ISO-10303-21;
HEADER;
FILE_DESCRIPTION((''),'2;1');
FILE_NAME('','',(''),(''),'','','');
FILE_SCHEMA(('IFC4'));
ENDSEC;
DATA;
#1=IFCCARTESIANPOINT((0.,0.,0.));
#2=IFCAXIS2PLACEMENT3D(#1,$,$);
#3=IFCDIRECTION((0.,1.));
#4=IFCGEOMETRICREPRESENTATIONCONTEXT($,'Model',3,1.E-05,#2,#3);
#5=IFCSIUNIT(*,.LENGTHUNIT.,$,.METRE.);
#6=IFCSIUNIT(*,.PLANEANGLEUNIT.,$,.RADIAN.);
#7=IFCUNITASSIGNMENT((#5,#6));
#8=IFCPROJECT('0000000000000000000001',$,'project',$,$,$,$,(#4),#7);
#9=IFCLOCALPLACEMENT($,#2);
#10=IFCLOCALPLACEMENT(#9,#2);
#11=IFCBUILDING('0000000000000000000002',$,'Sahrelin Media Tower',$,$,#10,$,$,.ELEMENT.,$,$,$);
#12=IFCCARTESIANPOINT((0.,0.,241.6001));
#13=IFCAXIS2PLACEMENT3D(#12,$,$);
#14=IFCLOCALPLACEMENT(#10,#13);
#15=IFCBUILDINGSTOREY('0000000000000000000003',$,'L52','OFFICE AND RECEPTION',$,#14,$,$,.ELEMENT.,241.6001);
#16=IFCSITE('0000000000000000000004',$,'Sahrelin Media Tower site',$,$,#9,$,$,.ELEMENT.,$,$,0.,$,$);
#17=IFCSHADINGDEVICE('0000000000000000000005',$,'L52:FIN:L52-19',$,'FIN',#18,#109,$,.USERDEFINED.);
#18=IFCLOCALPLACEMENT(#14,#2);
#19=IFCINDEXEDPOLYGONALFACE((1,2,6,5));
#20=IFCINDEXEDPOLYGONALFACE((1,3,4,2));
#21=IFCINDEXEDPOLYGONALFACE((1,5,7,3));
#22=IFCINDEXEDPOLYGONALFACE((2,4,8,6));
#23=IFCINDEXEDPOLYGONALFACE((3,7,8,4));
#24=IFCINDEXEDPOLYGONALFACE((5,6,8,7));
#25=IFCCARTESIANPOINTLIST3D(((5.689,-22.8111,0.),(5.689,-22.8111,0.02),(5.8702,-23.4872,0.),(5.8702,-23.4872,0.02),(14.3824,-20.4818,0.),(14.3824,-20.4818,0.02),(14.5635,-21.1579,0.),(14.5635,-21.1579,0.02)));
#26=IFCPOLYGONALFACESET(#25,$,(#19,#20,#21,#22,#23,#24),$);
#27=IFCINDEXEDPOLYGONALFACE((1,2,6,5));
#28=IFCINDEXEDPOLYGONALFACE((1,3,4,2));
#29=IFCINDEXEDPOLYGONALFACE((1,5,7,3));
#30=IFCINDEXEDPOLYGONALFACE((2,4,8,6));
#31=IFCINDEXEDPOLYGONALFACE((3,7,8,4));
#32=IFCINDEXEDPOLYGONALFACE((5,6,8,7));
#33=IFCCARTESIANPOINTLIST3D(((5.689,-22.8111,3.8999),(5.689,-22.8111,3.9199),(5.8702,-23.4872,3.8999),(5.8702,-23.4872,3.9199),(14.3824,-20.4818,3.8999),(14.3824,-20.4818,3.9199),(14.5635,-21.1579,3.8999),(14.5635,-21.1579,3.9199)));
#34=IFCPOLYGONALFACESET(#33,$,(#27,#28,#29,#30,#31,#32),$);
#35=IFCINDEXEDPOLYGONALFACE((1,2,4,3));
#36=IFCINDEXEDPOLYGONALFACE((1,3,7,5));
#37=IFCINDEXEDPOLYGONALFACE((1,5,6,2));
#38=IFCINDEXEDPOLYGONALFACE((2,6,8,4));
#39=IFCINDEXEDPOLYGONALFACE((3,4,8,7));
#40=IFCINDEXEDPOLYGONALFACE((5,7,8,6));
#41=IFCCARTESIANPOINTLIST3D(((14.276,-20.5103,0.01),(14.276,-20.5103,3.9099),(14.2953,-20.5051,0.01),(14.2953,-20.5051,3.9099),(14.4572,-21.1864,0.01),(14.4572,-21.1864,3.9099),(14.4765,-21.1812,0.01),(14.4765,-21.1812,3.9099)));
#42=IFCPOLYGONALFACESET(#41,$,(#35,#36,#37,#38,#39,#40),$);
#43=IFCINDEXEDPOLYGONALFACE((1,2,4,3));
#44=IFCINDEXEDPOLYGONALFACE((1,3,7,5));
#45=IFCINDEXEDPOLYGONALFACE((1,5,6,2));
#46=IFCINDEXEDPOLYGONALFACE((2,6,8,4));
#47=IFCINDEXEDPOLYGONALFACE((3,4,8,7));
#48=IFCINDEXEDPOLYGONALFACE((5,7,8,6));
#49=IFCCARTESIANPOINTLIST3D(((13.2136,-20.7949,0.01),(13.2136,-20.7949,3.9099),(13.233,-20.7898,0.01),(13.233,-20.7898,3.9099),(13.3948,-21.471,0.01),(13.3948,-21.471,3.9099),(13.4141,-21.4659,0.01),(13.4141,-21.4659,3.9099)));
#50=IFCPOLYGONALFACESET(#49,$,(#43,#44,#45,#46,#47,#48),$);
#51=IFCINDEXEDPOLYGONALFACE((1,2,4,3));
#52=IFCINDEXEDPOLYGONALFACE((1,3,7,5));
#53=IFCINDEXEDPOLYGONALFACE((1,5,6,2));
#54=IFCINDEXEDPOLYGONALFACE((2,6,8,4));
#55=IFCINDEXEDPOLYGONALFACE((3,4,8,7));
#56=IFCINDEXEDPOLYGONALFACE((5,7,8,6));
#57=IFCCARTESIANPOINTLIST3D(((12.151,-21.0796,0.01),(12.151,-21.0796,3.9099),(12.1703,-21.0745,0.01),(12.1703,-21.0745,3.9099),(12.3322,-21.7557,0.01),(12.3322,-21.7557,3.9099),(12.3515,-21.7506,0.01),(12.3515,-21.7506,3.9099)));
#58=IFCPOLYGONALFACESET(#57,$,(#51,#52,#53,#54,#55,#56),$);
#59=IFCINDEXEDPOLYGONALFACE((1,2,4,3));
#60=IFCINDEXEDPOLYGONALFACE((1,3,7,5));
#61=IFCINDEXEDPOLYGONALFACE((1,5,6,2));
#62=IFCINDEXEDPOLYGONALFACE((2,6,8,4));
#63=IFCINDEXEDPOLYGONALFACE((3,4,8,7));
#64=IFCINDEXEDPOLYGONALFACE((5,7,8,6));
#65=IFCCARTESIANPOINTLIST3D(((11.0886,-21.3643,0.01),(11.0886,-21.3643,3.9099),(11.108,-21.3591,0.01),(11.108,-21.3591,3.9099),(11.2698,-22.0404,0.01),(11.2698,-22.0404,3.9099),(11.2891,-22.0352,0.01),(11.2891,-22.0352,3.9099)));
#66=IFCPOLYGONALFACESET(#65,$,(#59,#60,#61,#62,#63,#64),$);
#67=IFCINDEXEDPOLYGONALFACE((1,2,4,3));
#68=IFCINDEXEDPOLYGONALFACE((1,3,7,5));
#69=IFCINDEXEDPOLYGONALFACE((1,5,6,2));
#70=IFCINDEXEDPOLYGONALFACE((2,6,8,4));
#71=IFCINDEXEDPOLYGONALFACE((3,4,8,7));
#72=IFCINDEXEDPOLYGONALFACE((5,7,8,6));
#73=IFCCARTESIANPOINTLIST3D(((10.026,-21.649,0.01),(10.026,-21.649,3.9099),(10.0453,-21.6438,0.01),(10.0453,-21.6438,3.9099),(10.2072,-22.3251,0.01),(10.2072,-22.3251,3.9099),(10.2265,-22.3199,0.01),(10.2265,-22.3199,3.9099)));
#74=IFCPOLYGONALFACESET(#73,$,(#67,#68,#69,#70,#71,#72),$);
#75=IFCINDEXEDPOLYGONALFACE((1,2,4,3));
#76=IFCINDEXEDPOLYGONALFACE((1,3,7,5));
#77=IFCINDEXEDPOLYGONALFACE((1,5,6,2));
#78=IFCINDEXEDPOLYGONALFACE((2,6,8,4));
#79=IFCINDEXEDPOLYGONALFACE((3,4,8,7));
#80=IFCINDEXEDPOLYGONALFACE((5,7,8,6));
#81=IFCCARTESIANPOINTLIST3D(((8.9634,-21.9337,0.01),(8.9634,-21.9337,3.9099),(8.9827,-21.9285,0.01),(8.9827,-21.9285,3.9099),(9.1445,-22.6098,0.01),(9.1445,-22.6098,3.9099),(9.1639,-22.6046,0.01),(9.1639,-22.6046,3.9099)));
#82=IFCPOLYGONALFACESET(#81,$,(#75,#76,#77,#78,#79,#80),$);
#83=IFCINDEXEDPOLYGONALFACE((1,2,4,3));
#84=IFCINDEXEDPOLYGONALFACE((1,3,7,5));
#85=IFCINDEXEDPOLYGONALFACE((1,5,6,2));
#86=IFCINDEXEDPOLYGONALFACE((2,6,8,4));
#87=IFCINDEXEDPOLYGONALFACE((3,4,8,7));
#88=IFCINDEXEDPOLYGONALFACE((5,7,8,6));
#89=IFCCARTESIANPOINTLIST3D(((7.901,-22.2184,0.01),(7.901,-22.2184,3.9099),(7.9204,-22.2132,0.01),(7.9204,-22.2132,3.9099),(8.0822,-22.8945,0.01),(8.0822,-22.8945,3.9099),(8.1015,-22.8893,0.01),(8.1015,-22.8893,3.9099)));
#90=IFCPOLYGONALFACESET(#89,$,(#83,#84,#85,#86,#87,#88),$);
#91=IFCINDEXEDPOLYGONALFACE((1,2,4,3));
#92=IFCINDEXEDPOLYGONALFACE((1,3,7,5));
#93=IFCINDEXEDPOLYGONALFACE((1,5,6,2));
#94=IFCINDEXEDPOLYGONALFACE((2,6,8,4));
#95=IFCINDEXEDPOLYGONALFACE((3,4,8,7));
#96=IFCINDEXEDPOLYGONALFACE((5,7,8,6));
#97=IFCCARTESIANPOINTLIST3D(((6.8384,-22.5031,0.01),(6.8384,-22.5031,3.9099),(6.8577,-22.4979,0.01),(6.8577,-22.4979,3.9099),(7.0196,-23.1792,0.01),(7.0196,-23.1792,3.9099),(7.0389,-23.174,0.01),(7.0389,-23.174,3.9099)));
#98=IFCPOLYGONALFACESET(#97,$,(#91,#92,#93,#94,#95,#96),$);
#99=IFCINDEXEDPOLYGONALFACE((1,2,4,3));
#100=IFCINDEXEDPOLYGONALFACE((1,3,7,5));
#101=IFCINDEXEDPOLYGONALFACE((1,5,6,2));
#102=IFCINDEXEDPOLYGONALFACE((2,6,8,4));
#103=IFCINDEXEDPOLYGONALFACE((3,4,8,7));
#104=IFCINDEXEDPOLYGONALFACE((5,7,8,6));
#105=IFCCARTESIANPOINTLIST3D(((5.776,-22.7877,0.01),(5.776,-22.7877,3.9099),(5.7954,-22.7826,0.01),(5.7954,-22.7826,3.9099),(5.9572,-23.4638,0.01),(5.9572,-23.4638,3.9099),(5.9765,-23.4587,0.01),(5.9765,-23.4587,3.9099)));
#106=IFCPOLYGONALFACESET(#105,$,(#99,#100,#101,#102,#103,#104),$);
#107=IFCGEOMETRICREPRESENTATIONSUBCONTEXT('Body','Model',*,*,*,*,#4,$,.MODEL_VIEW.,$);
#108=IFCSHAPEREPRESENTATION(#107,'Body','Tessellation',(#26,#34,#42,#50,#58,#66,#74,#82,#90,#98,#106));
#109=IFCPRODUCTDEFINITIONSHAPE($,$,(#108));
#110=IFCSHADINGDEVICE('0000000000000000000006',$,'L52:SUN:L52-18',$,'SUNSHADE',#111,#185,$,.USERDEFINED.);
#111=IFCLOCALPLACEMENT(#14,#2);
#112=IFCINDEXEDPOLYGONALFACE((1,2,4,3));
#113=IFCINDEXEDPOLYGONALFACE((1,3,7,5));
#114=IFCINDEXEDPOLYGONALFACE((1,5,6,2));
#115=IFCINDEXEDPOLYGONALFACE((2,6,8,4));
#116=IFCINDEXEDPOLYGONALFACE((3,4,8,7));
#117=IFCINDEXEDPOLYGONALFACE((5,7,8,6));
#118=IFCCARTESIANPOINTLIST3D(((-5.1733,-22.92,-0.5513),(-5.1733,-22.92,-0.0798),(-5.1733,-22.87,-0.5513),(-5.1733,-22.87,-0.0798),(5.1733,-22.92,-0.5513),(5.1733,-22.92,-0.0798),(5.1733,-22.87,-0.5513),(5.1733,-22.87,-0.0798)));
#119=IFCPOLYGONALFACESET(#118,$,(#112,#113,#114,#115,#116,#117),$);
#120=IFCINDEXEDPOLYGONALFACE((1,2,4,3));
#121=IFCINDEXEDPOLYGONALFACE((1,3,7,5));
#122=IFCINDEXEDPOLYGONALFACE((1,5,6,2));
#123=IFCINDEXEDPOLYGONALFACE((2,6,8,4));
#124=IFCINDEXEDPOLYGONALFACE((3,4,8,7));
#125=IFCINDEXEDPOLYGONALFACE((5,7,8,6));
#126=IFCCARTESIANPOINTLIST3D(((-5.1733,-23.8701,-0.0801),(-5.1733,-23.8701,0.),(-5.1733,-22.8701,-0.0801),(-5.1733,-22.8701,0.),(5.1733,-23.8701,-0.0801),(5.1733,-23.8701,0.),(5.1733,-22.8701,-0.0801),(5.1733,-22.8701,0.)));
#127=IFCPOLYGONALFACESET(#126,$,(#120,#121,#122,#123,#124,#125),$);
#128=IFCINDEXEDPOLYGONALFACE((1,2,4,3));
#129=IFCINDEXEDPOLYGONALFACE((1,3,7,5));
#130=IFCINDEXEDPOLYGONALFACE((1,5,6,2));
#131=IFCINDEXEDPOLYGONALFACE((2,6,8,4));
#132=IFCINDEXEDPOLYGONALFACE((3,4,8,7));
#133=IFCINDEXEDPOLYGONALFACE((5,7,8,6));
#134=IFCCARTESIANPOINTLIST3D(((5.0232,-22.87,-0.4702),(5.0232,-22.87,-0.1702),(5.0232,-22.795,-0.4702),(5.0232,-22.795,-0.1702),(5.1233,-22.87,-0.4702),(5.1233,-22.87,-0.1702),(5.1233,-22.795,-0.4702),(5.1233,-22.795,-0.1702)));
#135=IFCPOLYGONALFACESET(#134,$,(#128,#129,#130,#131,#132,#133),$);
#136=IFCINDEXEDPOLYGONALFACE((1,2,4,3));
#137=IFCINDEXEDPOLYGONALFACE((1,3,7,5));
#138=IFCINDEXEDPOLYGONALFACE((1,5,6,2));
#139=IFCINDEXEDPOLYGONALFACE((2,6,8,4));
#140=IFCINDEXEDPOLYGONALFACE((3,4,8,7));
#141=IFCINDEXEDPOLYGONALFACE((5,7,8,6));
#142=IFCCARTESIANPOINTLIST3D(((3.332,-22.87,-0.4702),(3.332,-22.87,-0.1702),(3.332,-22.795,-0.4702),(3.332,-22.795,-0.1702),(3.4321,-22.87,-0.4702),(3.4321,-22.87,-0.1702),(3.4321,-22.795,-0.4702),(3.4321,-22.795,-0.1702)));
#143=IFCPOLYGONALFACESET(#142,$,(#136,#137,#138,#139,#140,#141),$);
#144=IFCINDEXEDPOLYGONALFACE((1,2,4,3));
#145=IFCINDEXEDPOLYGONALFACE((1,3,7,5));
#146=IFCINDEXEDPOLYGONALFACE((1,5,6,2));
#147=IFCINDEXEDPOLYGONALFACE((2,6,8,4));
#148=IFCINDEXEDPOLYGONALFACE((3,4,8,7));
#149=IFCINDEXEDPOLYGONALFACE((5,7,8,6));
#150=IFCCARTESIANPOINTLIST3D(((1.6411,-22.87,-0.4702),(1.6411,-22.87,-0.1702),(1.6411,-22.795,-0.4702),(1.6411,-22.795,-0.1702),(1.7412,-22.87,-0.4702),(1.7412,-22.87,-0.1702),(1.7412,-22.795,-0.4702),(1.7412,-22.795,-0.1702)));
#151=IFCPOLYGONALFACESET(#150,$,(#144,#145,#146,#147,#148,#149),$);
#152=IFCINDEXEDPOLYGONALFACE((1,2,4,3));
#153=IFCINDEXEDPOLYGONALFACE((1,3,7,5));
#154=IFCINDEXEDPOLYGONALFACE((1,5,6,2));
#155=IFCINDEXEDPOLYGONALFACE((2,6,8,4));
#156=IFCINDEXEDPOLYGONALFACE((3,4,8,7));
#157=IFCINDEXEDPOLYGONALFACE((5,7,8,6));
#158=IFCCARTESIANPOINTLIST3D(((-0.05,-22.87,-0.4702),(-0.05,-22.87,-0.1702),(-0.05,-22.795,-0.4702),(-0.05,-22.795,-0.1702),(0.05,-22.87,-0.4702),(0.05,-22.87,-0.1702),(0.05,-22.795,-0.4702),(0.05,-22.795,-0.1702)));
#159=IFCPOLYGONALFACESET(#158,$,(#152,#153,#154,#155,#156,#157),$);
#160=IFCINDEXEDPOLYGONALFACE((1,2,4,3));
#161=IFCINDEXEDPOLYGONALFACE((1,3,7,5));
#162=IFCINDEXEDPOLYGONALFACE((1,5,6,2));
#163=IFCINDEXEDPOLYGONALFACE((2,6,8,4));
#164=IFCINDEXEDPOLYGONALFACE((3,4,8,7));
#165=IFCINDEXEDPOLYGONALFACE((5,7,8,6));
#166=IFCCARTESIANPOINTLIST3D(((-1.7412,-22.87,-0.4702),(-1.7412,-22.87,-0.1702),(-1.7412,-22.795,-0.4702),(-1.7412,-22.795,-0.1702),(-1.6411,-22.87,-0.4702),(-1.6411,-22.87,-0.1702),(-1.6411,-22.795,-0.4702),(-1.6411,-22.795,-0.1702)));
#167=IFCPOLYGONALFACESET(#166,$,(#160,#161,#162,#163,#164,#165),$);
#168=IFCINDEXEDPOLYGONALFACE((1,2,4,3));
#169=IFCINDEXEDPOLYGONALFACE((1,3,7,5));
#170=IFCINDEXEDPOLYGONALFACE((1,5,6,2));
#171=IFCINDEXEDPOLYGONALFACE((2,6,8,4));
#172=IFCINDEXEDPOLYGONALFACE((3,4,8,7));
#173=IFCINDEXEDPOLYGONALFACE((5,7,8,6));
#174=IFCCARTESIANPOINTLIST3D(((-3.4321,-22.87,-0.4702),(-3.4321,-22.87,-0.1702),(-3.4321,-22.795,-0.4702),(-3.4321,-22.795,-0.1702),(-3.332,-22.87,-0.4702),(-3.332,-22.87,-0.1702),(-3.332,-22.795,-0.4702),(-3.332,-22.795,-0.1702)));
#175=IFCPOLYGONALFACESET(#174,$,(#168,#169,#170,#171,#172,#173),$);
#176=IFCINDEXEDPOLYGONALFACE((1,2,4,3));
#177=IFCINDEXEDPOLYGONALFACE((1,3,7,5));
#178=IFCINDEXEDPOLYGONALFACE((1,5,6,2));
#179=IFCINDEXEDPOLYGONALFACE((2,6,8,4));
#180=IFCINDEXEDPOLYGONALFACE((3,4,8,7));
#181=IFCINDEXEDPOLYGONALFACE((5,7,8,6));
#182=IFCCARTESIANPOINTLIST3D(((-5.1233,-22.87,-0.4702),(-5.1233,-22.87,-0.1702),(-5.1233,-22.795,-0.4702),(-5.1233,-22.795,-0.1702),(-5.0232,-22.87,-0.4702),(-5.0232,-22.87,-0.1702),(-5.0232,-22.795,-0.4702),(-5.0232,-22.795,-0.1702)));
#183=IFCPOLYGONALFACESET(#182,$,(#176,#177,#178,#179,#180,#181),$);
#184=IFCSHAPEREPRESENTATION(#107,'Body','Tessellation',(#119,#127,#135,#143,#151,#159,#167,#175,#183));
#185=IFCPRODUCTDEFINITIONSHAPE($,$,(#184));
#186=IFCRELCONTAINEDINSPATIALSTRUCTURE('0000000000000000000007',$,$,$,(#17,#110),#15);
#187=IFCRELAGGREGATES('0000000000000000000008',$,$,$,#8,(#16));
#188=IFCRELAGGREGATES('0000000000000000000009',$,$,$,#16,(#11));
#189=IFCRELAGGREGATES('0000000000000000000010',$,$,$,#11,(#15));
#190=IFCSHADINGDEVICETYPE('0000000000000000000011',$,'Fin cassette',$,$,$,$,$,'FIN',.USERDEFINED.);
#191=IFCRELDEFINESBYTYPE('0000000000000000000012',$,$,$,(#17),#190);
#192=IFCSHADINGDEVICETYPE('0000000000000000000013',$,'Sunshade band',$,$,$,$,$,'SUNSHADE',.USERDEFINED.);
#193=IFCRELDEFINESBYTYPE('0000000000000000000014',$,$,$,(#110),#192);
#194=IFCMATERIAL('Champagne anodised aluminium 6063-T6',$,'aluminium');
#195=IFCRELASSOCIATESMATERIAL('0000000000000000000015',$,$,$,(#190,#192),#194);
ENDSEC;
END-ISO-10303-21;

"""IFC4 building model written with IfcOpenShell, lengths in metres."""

from ifc_helpers import new_model, si_unit, direction, frame, origin, origin_2d, place, context, subcontext, project, spatial, rectangle, extrude, material, type_object, element, save


model = new_model("IFC4")

# Units and contexts
model_context = context("Model", 3, precision=1e-05, world=origin(), true_north=direction((0.0, 1.0)))
body_context = subcontext(model_context, "Body", "Model", "MODEL_VIEW")
ifc_project = project(units=[si_unit("LENGTHUNIT", "METRE"), si_unit("PLANEANGLEUNIT", "RADIAN")], contexts=[model_context])

# Site, building, storey
site_placement = place(None, origin())
site = spatial("IfcSite", under=ifc_project, at=site_placement, Name="Sahrelin Media Tower site", CompositionType="ELEMENT", RefElevation=0.0)
building_placement = place(site_placement, origin())
building = spatial("IfcBuilding", under=site, at=building_placement, Name="Sahrelin Media Tower", CompositionType="ELEMENT")
storey_placement = place(building_placement, frame((0.0, 0.0, 241.6001)))
storey = spatial("IfcBuildingStorey", under=building, at=storey_placement, Name="L52", Description="OFFICE AND RECEPTION", CompositionType="ELEMENT", Elevation=241.6001)

# Shared definitions
ifc_material_1 = material(Name="Champagne anodised aluminium 6063-T6", Category="aluminium")

# Shading devices
shading_device_type_1 = type_object("IfcShadingDeviceType", Name="Fin cassette", ElementType="FIN", PredefinedType="USERDEFINED", material=ifc_material_1)
placement_1 = place(storey_placement, frame((0.0, -22.8501, 0.0), z_axis=(0.0, 0.0, 1.0), x_axis=(-1.0, 0.0, 0.0)))
placement_2 = place(storey_placement, frame((10.0176, -21.5789, 0.0), z_axis=(0.0, 0.0, 1.0), x_axis=(-0.965929, -0.258808, 0.0)))
element("IfcShadingDevice", 1, at=placement_2, inside=storey, type_object=shading_device_type_1, Name="L52:FIN:L52-19", ObjectType="FIN", PredefinedType="USERDEFINED", context=body_context, shape_type="SweptSolid", body=[
    extrude(rectangle(XDim=9.0, YDim=0.7, at=origin_2d()), frame((0.0, 0.4199, 0.0)), (0.0, 0.0, 1.0), 0.02),
    extrude(rectangle(XDim=9.0, YDim=0.7, at=origin_2d()), frame((0.0, 0.4199, 3.8999)), (0.0, 0.0, 1.0), 0.02),
    extrude(rectangle(XDim=0.02, YDim=0.7, at=origin_2d()), frame((-4.3999, 0.4199, 0.01), z_axis=(0.0, 0.0, 1.0), x_axis=(1.0, 0.0, 0.0)), (0.0, 0.0, 1.0), 3.8999),
    extrude(rectangle(XDim=0.02, YDim=0.7, at=origin_2d()), frame((-3.3, 0.4199, 0.01), z_axis=(0.0, 0.0, 1.0), x_axis=(1.0, 0.0, 0.0)), (0.0, 0.0, 1.0), 3.8999),
    extrude(rectangle(XDim=0.02, YDim=0.7, at=origin_2d()), frame((-2.2, 0.4199, 0.01), z_axis=(0.0, 0.0, 1.0), x_axis=(1.0, 0.0, 0.0)), (0.0, 0.0, 1.0), 3.8999),
    extrude(rectangle(XDim=0.02, YDim=0.7, at=origin_2d()), frame((-1.1001, 0.4199, 0.01), z_axis=(0.0, 0.0, 1.0), x_axis=(1.0, 0.0, 0.0)), (0.0, 0.0, 1.0), 3.8999),
    extrude(rectangle(XDim=0.02, YDim=0.7, at=origin_2d()), frame((0.0, 0.4199, 0.01), z_axis=(0.0, 0.0, 1.0), x_axis=(1.0, 0.0, 0.0)), (0.0, 0.0, 1.0), 3.8999),
    extrude(rectangle(XDim=0.02, YDim=0.7, at=origin_2d()), frame((1.1001, 0.4199, 0.01), z_axis=(0.0, 0.0, 1.0), x_axis=(1.0, 0.0, 0.0)), (0.0, 0.0, 1.0), 3.8999),
    extrude(rectangle(XDim=0.02, YDim=0.7, at=origin_2d()), frame((2.2, 0.4199, 0.01), z_axis=(0.0, 0.0, 1.0), x_axis=(1.0, 0.0, 0.0)), (0.0, 0.0, 1.0), 3.8999),
    extrude(rectangle(XDim=0.02, YDim=0.7, at=origin_2d()), frame((3.3, 0.4199, 0.01), z_axis=(0.0, 0.0, 1.0), x_axis=(1.0, 0.0, 0.0)), (0.0, 0.0, 1.0), 3.8999),
    extrude(rectangle(XDim=0.02, YDim=0.7, at=origin_2d()), frame((4.3999, 0.4199, 0.01), z_axis=(0.0, 0.0, 1.0), x_axis=(1.0, 0.0, 0.0)), (0.0, 0.0, 1.0), 3.8999),
])
shading_device_type_2 = type_object("IfcShadingDeviceType", Name="Sunshade band", ElementType="SUNSHADE", PredefinedType="USERDEFINED", material=ifc_material_1)
element("IfcShadingDevice", 2, at=placement_1, inside=storey, type_object=shading_device_type_2, Name="L52:SUN:L52-18", ObjectType="SUNSHADE", PredefinedType="USERDEFINED", context=body_context, shape_type="SweptSolid", body=[
    extrude(rectangle(XDim=10.3467, YDim=0.05, at=origin_2d()), frame((0.0, 0.0449, -0.5513)), (0.0, 0.0, 1.0), 0.4714),
    extrude(rectangle(XDim=10.3467, YDim=1.0, at=origin_2d()), frame((0.0, 0.52, -0.0801)), (0.0, 0.0, 1.0), 0.0801),
    extrude(rectangle(XDim=0.1001, YDim=0.075, at=origin_2d()), frame((-5.0732, -0.0176, -0.4702)), (0.0, 0.0, 1.0), 0.3),
    extrude(rectangle(XDim=0.1001, YDim=0.075, at=origin_2d()), frame((-3.3821, -0.0176, -0.4702)), (0.0, 0.0, 1.0), 0.3),
    extrude(rectangle(XDim=0.1001, YDim=0.075, at=origin_2d()), frame((-1.6912, -0.0176, -0.4702)), (0.0, 0.0, 1.0), 0.3),
    extrude(rectangle(XDim=0.1001, YDim=0.075, at=origin_2d()), frame((0.0, -0.0176, -0.4702)), (0.0, 0.0, 1.0), 0.3),
    extrude(rectangle(XDim=0.1001, YDim=0.075, at=origin_2d()), frame((1.6912, -0.0176, -0.4702)), (0.0, 0.0, 1.0), 0.3),
    extrude(rectangle(XDim=0.1001, YDim=0.075, at=origin_2d()), frame((3.3821, -0.0176, -0.4702)), (0.0, 0.0, 1.0), 0.3),
    extrude(rectangle(XDim=0.1001, YDim=0.075, at=origin_2d()), frame((5.0732, -0.0176, -0.4702)), (0.0, 0.0, 1.0), 0.3),
])

save(model, "model.ifc")
